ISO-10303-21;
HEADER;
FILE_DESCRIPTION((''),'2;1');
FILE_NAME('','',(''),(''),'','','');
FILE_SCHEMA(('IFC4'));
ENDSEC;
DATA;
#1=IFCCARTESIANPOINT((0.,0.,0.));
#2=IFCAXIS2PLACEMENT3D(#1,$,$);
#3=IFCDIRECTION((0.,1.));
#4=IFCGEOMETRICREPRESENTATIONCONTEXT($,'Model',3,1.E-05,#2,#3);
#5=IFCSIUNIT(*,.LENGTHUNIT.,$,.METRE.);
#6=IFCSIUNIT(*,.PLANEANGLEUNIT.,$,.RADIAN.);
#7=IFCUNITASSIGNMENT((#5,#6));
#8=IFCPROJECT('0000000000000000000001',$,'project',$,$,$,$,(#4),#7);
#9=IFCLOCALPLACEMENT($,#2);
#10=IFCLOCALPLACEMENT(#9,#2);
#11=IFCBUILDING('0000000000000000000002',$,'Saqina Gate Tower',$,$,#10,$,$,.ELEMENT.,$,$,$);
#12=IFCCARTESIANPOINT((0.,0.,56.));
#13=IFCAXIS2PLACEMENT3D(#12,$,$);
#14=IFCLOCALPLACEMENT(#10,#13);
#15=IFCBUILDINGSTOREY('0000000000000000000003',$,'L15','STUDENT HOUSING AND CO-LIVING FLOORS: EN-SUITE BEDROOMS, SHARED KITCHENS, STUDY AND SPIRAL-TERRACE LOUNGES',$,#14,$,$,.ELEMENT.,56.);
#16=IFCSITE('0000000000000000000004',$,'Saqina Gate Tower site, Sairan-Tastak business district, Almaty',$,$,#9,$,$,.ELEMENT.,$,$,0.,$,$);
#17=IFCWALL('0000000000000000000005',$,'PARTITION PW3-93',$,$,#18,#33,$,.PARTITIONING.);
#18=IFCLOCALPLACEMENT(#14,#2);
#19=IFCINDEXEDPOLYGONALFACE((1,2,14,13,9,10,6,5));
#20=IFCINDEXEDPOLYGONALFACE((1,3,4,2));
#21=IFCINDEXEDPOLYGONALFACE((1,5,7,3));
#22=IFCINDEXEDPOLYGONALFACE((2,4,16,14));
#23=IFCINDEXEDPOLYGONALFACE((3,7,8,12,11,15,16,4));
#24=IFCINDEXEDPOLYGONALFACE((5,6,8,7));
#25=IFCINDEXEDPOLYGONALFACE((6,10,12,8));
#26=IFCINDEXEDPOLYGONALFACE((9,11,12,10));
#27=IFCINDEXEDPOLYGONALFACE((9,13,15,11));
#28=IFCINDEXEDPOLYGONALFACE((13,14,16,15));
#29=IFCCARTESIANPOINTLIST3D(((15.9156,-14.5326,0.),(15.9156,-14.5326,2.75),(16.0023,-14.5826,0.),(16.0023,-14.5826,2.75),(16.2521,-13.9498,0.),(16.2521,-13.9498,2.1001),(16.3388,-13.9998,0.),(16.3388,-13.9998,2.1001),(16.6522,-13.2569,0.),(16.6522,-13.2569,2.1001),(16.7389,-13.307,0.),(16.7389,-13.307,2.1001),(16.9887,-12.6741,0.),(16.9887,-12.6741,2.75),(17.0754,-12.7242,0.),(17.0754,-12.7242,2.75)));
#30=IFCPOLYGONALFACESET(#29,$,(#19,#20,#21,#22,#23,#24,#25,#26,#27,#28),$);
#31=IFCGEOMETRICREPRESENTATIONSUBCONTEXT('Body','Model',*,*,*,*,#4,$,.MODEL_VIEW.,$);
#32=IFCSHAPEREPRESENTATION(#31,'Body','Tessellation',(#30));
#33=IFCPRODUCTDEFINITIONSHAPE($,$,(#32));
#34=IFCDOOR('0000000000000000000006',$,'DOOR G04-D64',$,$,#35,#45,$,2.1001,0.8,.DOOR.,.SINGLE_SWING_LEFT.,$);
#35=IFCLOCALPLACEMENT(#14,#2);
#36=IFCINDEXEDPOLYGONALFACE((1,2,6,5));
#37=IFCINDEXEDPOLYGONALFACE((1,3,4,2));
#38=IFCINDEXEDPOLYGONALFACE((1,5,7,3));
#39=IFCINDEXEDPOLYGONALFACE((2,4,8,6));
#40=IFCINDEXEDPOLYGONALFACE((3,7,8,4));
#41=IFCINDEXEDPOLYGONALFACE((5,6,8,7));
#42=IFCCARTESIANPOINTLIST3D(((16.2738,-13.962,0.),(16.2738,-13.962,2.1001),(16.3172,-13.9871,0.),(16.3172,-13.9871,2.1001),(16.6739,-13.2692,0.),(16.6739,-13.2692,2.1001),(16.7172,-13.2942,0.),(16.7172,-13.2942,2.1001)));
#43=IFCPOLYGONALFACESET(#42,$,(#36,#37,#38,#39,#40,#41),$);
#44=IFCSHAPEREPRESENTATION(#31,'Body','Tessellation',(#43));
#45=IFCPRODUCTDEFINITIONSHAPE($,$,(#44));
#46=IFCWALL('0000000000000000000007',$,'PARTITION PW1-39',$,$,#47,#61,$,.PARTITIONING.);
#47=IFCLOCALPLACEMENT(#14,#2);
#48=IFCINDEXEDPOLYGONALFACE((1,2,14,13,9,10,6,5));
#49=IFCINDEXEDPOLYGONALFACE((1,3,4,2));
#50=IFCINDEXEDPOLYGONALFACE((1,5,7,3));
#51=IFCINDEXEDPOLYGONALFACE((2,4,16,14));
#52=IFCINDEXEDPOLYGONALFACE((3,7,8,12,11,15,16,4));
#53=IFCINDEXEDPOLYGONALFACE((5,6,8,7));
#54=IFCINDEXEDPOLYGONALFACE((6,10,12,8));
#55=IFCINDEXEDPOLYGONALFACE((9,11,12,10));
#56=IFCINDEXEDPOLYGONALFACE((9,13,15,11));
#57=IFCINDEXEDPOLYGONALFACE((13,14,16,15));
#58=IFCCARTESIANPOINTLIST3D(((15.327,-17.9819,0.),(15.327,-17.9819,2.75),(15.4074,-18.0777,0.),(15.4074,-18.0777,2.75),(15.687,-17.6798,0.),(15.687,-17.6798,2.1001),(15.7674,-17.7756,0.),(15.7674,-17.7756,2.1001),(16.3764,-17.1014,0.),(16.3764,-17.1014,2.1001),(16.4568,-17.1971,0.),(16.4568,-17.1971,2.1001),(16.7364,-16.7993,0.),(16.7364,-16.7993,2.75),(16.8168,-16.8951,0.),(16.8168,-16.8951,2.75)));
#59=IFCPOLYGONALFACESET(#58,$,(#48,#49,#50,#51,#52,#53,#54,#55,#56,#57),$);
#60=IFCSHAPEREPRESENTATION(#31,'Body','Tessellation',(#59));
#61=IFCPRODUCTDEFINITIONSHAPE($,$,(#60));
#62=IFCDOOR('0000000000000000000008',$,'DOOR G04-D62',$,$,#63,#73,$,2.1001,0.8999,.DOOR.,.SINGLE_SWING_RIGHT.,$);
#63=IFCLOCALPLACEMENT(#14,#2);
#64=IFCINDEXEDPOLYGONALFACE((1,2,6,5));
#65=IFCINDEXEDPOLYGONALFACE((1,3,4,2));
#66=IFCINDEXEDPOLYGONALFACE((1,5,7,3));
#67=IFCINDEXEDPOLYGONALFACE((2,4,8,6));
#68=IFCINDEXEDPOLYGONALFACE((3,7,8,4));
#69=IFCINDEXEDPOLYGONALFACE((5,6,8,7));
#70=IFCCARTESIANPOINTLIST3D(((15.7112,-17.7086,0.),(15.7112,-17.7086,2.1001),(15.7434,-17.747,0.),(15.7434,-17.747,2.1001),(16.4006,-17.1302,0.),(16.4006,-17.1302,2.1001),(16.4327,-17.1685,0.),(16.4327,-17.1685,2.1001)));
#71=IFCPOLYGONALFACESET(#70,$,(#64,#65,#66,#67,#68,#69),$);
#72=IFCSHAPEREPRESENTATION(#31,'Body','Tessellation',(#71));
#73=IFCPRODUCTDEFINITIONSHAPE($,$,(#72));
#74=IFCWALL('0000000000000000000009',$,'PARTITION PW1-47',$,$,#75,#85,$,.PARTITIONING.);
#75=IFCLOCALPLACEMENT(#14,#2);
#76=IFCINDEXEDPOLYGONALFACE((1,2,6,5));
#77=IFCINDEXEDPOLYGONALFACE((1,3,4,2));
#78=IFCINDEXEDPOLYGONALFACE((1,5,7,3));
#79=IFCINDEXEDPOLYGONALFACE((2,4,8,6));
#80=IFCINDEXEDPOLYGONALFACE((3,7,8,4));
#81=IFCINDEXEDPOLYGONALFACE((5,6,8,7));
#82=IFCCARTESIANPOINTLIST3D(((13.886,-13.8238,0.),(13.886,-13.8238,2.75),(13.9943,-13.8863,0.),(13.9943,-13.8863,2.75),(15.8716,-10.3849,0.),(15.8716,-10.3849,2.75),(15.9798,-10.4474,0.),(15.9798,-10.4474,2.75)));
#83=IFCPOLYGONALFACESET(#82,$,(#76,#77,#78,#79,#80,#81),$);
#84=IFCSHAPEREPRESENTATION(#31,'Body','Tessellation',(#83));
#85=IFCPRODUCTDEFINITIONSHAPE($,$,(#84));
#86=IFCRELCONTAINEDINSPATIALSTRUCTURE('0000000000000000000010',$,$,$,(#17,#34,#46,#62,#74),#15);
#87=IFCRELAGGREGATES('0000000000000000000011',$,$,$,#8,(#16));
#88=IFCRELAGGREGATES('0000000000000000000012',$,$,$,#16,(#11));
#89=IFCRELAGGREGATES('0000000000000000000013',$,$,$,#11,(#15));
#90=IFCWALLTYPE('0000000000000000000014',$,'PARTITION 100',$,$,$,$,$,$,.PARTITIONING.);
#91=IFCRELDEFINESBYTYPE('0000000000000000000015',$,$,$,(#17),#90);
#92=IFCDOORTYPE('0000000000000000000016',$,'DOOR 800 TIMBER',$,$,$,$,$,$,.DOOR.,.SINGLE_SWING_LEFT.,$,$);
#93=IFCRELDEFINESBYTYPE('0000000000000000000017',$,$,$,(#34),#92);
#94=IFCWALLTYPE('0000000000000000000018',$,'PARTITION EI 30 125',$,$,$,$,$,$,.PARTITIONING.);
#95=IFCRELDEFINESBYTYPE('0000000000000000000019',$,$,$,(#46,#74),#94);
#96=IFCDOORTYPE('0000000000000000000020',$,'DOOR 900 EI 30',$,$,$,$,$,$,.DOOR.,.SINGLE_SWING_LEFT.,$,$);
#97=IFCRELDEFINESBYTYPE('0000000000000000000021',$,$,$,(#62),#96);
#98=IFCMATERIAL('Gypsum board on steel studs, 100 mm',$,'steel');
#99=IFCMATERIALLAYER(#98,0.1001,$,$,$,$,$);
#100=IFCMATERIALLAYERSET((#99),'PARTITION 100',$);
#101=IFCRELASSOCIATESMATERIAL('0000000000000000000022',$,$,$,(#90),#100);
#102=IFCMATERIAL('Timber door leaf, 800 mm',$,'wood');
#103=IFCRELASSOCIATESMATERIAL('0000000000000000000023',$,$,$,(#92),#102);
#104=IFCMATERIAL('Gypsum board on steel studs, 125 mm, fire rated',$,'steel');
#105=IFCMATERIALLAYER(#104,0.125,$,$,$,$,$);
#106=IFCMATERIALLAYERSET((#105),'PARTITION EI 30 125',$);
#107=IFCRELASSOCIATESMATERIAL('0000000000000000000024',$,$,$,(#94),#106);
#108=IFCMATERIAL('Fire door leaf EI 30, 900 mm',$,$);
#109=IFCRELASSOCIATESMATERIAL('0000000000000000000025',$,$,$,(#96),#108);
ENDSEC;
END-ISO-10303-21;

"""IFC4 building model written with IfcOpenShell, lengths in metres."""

from ifc_helpers import new_model, si_unit, direction, frame, frame_2d, origin, place, context, subcontext, project, spatial, rectangle, extrude, material, layer, layer_set, type_object, element, fill, save


model = new_model("IFC4")

# Units and contexts
model_context = context("Model", 3, precision=1e-05, world=origin(), true_north=direction((0.0, 1.0)))
body_context = subcontext(model_context, "Body", "Model", "MODEL_VIEW")
ifc_project = project(units=[si_unit("LENGTHUNIT", "METRE"), si_unit("PLANEANGLEUNIT", "RADIAN")], contexts=[model_context])

# Site, building, storey
site_placement = place(None, origin())
site = spatial("IfcSite", under=ifc_project, at=site_placement, Name="Saqina Gate Tower site, Sairan-Tastak business district, Almaty", CompositionType="ELEMENT", RefElevation=0.0)
building_placement = place(site_placement, origin())
building = spatial("IfcBuilding", under=site, at=building_placement, Name="Saqina Gate Tower", CompositionType="ELEMENT")
storey_placement = place(building_placement, frame((0.0, 0.0, 56.0)))
storey = spatial("IfcBuildingStorey", under=building, at=storey_placement, Name="L15", Description="STUDENT HOUSING AND CO-LIVING FLOORS: EN-SUITE BEDROOMS, SHARED KITCHENS, STUDY AND SPIRAL-TERRACE LOUNGES", CompositionType="ELEMENT", Elevation=56.0)

# Shared definitions
ifc_material_1 = material(Name="Gypsum board on steel studs, 100 mm", Category="steel")
ifc_layer_1 = layer(ifc_material_1, 0.1001)
ifc_layer_set_1 = layer_set([ifc_layer_1], Name="PARTITION 100")
wall_type_1 = type_object("IfcWallType", Name="PARTITION 100", PredefinedType="PARTITIONING", material=ifc_layer_set_1)

# Shared definitions
ifc_material_2 = material(Name="Timber door leaf, 800 mm", Category="wood")
door_type_1 = type_object("IfcDoorType", Name="DOOR 800 TIMBER", OperationType="SINGLE_SWING_LEFT", PredefinedType="DOOR", material=ifc_material_2)

# Walls, openings, doors
wall_1_placement = place(storey_placement, frame((15.959, -14.5576, 0.0), z_axis=(0.0, 0.0, 1.0), x_axis=(0.500018, 0.866015, 0.0)))
wall_1 = element("IfcWall", 1, at=wall_1_placement, inside=storey, type_object=wall_type_1, Name="PARTITION PW3-93", PredefinedType="PARTITIONING", context=body_context, shape_type="SweptSolid", body=[
    extrude(rectangle(XDim=2.146, YDim=0.1001, at=frame_2d((1.073, 0.0))), origin(), (0.0, 0.0, 1.0), 2.75),
])
opening_1_placement = place(wall_1_placement, frame((0.6731, 0.0, 0.0)))
opening_1 = element("IfcOpeningElement", 2, at=opening_1_placement, cuts=wall_1, PredefinedType="OPENING", context=body_context, shape_type="SweptSolid", body=[
    extrude(rectangle(XDim=0.8, YDim=2.1001, at=frame_2d((0.3999, 1.05))), frame((0.0, 0.062, 0.0), z_axis=(0.0, -1.0, 0.0), x_axis=(1.0, 0.0, 0.0)), (0.0, 0.0, 1.0), 0.124),
])
door_1_placement = place(opening_1_placement, frame((0.8, 0.0, 0.0), z_axis=(0.0, 0.0, 1.0), x_axis=(-1.0, 0.0, 0.0)))
door_1 = element("IfcDoor", 3, at=door_1_placement, inside=storey, type_object=door_type_1, Name="DOOR G04-D64", OperationType="SINGLE_SWING_LEFT", OverallHeight=2.1001, OverallWidth=0.8, PredefinedType="DOOR", context=body_context, shape_type="SweptSolid", body=[
    extrude(rectangle(XDim=0.8, YDim=2.1001, at=frame_2d((0.3999, 1.05))), frame((0.0, 0.0249, 0.0), z_axis=(0.0, -1.0, 0.0), x_axis=(1.0, 0.0, 0.0)), (0.0, 0.0, 1.0), 0.05),
])
fill(opening_1, door_1)
ifc_material_3 = material(Name="Gypsum board on steel studs, 125 mm, fire rated", Category="steel")
ifc_layer_2 = layer(ifc_material_3, 0.125)
ifc_layer_set_2 = layer_set([ifc_layer_2], Name="PARTITION EI 30 125")
wall_type_2 = type_object("IfcWallType", Name="PARTITION EI 30 125", PredefinedType="PARTITIONING", material=ifc_layer_set_2)
wall_2_placement = place(storey_placement, frame((15.3672, -18.0298, 0.0), z_axis=(0.0, 0.0, 1.0), x_axis=(0.766052, 0.642778, 0.0)))
wall_2 = element("IfcWall", 4, at=wall_2_placement, inside=storey, type_object=wall_type_2, Name="PARTITION PW1-39", PredefinedType="PARTITIONING", context=body_context, shape_type="SweptSolid", body=[
    extrude(rectangle(XDim=1.8398, YDim=0.125, at=frame_2d((0.9199, 0.0))), origin(), (0.0, 0.0, 1.0), 2.75),
])
opening_2_placement = place(wall_2_placement, frame((0.47, 0.0, 0.0)))
opening_2 = element("IfcOpeningElement", 5, at=opening_2_placement, cuts=wall_2, PredefinedType="OPENING", context=body_context, shape_type="SweptSolid", body=[
    extrude(rectangle(XDim=0.8999, YDim=2.1001, at=frame_2d((0.45, 1.05))), frame((0.0, 0.0745, 0.0), z_axis=(0.0, -1.0, 0.0), x_axis=(1.0, 0.0, 0.0)), (0.0, 0.0, 1.0), 0.1489),
])
ifc_material_4 = material(Name="Fire door leaf EI 30, 900 mm")
door_type_2 = type_object("IfcDoorType", Name="DOOR 900 EI 30", OperationType="SINGLE_SWING_LEFT", PredefinedType="DOOR", material=ifc_material_4)
door_2_placement = place(opening_2_placement, origin())
door_2 = element("IfcDoor", 6, at=door_2_placement, inside=storey, type_object=door_type_2, Name="DOOR G04-D62", OperationType="SINGLE_SWING_RIGHT", OverallHeight=2.1001, OverallWidth=0.8999, PredefinedType="DOOR", context=body_context, shape_type="SweptSolid", body=[
    extrude(rectangle(XDim=0.8999, YDim=2.1001, at=frame_2d((0.45, 1.05))), frame((0.0, 0.0249, 0.0), z_axis=(0.0, -1.0, 0.0), x_axis=(1.0, 0.0, 0.0)), (0.0, 0.0, 1.0), 0.05),
])
fill(opening_2, door_2)

# Wall
wall_3_placement = place(storey_placement, frame((13.9402, -13.855, 0.0), z_axis=(0.0, 0.0, 1.0), x_axis=(0.50002, 0.866014, 0.0)))
element("IfcWall", 7, at=wall_3_placement, inside=storey, type_object=wall_type_2, Name="PARTITION PW1-47", PredefinedType="PARTITIONING", context=body_context, shape_type="SweptSolid", body=[
    extrude(rectangle(XDim=3.9709, YDim=0.125, at=frame_2d((1.9854, 0.0))), origin(), (0.0, 0.0, 1.0), 2.75),
])

save(model, "model.ifc")
